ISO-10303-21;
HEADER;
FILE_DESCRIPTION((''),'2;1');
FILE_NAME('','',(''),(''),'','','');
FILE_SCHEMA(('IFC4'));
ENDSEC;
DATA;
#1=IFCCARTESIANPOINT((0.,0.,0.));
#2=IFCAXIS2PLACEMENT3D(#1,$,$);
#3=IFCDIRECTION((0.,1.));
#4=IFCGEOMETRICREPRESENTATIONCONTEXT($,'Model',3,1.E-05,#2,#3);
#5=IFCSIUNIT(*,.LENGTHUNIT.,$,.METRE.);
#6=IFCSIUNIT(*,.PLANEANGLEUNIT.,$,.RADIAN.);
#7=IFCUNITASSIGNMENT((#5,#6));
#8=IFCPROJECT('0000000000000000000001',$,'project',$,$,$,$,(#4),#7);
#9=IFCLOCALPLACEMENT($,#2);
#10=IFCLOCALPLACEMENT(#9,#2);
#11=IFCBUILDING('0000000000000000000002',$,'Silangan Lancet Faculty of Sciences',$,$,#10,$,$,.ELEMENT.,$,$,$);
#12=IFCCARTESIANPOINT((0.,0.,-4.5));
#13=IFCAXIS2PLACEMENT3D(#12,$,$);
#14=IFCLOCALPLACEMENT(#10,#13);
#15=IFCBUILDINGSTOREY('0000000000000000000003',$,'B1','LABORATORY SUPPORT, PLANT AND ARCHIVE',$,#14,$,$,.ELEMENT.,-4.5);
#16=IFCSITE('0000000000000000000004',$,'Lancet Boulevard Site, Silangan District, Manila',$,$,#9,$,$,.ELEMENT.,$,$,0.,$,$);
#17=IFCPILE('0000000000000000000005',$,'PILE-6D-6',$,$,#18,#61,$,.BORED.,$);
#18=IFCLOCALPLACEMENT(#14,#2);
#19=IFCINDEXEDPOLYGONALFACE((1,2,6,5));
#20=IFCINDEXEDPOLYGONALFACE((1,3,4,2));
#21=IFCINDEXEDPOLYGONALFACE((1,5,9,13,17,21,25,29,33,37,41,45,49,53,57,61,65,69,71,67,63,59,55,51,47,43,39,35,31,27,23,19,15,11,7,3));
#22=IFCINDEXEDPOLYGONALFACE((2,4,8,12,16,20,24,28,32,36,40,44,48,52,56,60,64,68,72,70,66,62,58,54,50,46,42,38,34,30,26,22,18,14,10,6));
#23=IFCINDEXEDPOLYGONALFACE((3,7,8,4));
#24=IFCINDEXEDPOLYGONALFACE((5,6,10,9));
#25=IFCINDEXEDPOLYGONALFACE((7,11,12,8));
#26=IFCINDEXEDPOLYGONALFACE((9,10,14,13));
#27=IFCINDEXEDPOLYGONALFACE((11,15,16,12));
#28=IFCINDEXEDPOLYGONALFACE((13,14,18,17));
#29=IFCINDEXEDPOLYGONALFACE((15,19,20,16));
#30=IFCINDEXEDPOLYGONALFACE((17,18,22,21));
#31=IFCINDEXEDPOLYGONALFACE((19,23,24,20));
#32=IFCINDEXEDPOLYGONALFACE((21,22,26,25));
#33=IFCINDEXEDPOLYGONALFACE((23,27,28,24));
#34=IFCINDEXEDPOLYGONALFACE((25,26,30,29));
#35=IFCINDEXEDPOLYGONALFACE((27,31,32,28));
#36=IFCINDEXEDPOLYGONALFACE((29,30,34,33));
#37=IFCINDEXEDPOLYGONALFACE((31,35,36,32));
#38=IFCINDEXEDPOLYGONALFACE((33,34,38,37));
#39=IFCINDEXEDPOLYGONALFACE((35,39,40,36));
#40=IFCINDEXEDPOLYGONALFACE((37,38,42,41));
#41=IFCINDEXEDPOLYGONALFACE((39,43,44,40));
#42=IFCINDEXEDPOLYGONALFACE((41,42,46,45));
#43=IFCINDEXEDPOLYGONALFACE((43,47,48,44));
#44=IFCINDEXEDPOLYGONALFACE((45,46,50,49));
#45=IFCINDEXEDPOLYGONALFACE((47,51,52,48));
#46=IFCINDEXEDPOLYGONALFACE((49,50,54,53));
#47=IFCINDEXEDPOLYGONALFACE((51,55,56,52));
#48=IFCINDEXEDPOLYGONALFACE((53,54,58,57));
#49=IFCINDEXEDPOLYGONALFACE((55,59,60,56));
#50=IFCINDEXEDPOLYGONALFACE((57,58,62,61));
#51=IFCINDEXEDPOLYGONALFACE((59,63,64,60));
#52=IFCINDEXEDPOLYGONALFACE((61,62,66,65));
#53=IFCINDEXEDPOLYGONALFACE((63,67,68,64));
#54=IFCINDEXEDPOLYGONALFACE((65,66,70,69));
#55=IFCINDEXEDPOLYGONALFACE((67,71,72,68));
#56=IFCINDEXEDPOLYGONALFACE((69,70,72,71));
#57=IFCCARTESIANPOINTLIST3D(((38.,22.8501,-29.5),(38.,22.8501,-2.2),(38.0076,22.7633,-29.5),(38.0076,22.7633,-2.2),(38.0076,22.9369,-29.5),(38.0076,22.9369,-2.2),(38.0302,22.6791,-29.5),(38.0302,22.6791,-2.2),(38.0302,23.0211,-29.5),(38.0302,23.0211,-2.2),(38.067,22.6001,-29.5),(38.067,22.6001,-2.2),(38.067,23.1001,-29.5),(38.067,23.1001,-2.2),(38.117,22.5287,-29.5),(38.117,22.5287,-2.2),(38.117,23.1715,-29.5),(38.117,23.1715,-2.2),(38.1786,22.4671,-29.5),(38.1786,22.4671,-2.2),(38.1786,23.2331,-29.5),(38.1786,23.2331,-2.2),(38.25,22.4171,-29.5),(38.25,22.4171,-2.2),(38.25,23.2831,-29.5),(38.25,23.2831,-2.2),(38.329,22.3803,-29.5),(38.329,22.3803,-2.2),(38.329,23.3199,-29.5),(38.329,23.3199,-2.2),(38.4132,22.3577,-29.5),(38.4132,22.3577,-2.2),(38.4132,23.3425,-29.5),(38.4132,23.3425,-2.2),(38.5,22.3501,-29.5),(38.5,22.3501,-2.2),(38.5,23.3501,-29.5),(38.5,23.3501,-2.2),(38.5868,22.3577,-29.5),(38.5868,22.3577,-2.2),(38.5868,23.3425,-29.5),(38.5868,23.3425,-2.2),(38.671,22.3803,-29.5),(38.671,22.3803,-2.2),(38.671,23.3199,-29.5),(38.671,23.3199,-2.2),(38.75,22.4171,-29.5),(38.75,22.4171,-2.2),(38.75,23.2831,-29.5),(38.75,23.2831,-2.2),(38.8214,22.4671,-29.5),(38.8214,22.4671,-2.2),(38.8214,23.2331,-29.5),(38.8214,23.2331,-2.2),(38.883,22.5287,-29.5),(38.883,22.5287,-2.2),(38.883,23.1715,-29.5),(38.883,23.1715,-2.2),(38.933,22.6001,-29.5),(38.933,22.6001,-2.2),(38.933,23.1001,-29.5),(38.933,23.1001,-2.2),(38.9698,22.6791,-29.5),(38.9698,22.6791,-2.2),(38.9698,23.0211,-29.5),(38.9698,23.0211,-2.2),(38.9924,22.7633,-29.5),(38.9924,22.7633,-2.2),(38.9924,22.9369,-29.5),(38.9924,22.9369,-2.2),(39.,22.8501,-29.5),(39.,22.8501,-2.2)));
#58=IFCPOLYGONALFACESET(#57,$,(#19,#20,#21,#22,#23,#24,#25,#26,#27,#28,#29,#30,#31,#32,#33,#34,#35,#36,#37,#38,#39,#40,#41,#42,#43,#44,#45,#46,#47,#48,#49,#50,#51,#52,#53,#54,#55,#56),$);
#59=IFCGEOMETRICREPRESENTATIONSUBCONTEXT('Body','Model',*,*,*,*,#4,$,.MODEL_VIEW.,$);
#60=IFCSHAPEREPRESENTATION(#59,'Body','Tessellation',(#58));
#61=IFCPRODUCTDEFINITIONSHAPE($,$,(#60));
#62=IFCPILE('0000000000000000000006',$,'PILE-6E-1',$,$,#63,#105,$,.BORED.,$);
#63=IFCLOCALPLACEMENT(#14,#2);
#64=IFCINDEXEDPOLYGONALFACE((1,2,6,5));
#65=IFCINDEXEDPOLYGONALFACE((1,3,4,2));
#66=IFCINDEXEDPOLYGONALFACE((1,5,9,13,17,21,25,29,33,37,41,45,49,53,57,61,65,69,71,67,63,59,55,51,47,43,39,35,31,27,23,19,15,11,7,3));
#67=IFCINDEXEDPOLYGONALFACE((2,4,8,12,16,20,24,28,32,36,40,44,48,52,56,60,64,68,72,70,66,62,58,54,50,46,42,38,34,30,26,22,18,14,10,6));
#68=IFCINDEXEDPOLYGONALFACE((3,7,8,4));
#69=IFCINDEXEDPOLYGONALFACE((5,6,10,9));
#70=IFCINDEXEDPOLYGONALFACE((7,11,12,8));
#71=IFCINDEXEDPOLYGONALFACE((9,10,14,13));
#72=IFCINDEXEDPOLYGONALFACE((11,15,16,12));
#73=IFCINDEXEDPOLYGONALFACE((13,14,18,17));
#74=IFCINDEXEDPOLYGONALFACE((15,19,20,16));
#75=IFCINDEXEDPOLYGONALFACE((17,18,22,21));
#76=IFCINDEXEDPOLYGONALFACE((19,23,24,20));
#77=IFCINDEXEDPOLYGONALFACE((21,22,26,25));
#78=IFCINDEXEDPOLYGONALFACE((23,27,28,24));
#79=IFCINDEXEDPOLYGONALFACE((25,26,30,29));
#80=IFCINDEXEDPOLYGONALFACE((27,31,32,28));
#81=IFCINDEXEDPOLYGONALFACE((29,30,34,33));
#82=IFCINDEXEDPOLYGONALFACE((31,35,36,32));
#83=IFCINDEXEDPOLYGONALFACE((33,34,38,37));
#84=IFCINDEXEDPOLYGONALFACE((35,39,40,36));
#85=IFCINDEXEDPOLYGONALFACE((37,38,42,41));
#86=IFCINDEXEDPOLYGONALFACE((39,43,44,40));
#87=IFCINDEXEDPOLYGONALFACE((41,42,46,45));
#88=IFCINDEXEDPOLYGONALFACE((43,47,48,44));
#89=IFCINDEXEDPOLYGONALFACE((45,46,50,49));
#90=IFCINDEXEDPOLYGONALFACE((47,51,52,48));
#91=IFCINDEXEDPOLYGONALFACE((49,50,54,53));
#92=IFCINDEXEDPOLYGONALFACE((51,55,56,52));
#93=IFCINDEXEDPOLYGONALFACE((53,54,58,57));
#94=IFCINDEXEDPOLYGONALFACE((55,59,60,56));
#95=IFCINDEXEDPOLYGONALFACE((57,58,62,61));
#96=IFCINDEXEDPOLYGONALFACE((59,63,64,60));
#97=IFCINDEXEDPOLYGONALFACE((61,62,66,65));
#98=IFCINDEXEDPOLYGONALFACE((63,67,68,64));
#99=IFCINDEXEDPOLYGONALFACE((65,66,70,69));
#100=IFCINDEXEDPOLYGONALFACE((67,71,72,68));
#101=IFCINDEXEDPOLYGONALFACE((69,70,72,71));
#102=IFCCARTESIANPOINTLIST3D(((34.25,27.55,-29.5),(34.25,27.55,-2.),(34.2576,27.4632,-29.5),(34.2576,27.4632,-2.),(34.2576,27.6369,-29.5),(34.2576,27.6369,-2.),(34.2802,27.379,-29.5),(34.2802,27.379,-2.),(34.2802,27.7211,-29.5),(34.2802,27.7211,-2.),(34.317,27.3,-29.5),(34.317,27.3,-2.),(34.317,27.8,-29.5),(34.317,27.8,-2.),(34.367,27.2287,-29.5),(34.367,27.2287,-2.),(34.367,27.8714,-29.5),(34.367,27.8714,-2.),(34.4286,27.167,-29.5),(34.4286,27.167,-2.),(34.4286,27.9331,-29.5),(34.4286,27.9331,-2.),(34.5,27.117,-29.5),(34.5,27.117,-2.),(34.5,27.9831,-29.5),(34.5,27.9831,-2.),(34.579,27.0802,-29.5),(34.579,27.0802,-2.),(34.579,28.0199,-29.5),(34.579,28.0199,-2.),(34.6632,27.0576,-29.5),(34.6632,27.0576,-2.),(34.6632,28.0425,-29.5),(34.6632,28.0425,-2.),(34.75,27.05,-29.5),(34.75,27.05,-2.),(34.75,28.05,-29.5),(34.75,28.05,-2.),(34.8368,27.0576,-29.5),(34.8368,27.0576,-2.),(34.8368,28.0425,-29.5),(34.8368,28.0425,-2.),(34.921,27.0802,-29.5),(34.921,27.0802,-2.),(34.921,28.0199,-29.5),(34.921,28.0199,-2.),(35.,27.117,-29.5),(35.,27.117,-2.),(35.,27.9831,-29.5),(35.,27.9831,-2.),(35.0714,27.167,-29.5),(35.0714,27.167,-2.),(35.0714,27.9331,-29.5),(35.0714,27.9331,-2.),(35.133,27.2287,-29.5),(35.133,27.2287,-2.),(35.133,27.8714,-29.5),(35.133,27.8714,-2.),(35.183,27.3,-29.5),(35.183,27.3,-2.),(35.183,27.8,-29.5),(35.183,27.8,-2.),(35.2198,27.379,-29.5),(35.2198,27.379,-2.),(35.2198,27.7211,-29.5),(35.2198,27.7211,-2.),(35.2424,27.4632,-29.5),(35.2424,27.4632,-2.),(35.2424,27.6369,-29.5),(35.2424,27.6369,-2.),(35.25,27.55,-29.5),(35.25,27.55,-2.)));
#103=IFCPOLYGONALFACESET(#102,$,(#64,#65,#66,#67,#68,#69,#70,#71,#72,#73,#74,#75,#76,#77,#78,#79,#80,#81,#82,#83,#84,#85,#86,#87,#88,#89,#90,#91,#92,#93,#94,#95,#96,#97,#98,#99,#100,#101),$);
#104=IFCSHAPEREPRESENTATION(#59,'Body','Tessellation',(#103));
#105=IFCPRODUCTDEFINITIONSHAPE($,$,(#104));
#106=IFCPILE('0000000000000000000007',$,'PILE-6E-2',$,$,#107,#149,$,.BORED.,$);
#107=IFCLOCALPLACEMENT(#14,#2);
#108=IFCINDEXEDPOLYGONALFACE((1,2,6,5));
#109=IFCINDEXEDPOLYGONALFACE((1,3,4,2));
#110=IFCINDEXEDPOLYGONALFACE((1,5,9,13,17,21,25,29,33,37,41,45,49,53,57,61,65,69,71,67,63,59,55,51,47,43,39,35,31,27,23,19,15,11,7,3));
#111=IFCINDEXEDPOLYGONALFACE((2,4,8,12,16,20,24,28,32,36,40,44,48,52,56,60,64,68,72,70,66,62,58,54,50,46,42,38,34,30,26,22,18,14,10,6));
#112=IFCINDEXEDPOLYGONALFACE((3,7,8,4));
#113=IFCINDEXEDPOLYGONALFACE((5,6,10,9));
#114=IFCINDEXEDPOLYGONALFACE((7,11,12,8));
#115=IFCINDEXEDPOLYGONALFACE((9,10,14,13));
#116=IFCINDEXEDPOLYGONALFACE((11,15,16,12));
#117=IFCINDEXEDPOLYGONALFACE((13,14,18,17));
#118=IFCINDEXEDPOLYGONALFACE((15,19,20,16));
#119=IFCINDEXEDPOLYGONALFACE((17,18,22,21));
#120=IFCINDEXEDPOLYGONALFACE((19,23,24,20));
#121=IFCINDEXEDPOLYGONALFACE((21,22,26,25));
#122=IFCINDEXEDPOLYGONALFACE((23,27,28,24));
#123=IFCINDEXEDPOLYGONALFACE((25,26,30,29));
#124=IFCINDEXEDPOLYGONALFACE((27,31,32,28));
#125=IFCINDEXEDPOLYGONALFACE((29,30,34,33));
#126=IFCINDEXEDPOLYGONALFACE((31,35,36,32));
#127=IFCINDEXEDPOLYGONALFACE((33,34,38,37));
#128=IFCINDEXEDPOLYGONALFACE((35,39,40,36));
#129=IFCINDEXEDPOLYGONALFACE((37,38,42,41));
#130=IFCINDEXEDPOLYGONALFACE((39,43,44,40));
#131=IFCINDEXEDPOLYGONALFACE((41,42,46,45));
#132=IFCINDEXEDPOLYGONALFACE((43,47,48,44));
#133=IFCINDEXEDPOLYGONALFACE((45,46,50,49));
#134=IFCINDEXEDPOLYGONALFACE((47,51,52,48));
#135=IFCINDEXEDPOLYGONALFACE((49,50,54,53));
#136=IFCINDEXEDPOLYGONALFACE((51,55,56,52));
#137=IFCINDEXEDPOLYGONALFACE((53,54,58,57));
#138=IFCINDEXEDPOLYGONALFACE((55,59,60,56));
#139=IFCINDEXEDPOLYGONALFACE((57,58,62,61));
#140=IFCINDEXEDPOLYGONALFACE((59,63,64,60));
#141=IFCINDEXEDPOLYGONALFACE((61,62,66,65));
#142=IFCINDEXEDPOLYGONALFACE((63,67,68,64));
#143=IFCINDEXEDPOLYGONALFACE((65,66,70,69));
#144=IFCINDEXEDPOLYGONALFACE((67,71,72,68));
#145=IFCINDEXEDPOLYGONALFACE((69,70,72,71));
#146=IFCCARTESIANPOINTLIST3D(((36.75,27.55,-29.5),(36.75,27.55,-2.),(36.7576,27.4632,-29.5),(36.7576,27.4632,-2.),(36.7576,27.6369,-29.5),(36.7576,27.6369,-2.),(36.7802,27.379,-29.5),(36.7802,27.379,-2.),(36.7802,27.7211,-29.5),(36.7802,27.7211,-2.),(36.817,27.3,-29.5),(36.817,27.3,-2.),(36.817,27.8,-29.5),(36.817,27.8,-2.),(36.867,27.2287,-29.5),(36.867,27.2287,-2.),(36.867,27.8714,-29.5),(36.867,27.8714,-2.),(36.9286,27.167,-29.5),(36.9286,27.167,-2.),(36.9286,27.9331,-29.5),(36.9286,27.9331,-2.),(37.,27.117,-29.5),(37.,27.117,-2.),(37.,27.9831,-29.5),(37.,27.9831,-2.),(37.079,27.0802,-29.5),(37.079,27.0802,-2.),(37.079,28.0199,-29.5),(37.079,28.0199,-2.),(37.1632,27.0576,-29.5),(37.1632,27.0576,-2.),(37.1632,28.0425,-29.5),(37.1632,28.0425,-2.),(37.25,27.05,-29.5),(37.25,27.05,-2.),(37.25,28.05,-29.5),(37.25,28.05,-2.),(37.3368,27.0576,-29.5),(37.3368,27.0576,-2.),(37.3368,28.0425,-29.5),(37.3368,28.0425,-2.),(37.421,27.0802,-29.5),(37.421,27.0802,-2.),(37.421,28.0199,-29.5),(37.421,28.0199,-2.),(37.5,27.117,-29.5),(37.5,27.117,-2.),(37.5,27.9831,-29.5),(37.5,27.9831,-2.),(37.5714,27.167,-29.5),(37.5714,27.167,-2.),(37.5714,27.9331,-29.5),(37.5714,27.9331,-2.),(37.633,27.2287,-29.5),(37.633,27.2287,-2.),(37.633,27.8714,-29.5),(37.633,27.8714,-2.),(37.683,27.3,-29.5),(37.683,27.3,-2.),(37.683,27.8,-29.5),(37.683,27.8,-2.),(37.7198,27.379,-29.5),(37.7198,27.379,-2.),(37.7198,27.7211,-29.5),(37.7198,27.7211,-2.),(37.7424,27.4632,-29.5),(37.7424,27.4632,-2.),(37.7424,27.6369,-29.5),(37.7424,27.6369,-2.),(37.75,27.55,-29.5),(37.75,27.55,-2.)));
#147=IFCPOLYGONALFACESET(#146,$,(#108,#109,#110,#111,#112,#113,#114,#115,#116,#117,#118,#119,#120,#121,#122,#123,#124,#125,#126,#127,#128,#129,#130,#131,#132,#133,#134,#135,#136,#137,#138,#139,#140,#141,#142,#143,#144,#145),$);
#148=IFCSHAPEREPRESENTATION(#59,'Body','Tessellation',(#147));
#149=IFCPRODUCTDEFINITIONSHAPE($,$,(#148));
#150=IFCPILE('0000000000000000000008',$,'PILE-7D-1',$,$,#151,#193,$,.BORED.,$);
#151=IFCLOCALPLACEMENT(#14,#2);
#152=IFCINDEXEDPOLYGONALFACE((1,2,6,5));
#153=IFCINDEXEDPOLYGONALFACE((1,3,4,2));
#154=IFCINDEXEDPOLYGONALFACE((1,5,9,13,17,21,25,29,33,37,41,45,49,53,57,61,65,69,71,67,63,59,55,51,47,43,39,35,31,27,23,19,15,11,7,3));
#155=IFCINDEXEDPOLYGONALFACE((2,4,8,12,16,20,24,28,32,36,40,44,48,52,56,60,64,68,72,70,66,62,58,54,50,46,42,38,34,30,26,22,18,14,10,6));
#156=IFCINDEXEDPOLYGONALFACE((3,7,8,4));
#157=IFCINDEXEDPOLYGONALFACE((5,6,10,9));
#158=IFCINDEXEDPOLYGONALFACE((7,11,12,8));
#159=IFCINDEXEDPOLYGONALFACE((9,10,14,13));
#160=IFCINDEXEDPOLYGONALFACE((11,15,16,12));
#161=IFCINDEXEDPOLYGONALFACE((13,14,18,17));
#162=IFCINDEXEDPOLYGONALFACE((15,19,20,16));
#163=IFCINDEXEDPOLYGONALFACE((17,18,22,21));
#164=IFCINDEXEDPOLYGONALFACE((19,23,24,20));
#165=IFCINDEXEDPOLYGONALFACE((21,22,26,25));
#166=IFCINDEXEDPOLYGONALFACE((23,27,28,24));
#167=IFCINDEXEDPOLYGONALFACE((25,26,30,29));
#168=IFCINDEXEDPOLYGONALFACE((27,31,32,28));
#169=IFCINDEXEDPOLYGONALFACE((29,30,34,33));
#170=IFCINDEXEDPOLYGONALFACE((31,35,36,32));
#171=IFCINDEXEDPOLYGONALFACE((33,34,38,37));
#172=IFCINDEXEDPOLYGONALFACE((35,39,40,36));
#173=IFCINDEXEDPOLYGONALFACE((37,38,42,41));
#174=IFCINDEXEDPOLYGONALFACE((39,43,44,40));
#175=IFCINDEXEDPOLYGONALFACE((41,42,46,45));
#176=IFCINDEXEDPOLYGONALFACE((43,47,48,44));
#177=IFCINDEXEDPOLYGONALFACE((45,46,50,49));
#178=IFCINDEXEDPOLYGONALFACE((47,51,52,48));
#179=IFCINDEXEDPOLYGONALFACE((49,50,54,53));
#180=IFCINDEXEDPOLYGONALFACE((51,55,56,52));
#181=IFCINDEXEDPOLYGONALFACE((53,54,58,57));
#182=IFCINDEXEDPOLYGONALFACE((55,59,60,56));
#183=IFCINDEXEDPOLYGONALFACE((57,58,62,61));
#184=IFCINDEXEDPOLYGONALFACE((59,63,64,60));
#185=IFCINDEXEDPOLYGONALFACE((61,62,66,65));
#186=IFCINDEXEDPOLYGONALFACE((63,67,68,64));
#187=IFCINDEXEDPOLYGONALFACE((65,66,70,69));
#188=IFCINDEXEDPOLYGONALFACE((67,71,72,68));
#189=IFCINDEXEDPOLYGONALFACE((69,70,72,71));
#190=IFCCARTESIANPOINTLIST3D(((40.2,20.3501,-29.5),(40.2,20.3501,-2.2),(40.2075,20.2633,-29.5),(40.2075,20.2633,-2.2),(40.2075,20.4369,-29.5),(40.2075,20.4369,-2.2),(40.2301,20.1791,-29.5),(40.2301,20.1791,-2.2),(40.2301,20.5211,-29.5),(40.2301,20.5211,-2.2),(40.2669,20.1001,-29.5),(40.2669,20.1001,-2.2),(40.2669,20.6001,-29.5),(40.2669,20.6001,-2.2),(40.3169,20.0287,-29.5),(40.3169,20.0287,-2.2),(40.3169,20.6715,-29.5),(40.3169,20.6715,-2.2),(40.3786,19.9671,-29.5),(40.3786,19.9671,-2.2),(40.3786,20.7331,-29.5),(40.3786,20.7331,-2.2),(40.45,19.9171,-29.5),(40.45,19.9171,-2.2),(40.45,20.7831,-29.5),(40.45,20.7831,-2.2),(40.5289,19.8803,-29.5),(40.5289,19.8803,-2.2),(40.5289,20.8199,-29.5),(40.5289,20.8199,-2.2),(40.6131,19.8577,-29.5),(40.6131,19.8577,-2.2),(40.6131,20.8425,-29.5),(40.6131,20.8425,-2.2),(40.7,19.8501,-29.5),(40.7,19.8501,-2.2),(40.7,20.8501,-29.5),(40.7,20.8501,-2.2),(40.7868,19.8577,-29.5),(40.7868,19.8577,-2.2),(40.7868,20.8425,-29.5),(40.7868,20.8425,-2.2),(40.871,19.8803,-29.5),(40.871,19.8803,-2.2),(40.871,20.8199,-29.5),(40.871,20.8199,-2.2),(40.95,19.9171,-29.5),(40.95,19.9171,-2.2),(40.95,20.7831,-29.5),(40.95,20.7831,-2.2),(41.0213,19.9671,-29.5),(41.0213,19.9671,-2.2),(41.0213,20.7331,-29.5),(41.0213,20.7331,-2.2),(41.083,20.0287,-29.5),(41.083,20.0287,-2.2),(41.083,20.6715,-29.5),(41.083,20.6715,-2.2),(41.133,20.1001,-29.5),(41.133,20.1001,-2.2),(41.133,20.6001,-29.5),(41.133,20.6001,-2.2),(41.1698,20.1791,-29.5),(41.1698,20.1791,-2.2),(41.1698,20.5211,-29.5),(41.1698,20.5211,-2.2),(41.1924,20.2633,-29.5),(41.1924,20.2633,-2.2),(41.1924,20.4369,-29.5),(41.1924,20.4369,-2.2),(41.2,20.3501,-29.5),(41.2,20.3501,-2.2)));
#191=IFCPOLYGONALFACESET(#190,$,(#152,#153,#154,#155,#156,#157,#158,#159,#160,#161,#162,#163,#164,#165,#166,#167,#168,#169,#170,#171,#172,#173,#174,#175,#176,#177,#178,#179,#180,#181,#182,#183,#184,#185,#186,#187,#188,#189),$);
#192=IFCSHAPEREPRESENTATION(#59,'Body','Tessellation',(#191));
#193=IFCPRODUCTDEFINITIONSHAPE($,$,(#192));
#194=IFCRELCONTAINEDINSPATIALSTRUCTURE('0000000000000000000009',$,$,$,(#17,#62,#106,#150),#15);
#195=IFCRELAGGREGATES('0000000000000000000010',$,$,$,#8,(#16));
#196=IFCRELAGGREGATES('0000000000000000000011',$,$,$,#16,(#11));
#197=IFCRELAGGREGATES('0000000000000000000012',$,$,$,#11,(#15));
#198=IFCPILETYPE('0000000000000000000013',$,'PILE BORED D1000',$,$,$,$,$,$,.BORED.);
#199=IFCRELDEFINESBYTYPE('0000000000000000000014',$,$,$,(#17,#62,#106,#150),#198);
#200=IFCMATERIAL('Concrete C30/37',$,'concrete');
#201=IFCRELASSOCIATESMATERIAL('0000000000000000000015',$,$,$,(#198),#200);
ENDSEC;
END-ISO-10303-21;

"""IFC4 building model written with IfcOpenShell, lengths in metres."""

from ifc_helpers import new_model, si_unit, direction, frame, origin, origin_2d, place, context, subcontext, project, spatial, circle, extrude, material, material_profile, profile_set, type_object, element, save


model = new_model("IFC4")

# Units and contexts
model_context = context("Model", 3, precision=1e-05, world=origin(), true_north=direction((0.0, 1.0)))
body_context = subcontext(model_context, "Body", "Model", "MODEL_VIEW")
ifc_project = project(units=[si_unit("LENGTHUNIT", "METRE"), si_unit("PLANEANGLEUNIT", "RADIAN")], contexts=[model_context])

# Site, building, storey
site_placement = place(None, origin())
site = spatial("IfcSite", under=ifc_project, at=site_placement, Name="Lancet Boulevard Site, Silangan District, Manila", CompositionType="ELEMENT", RefElevation=0.0)
building_placement = place(site_placement, origin())
building = spatial("IfcBuilding", under=site, at=building_placement, Name="Silangan Lancet Faculty of Sciences", CompositionType="ELEMENT")
storey_placement = place(building_placement, frame((0.0, 0.0, -4.5)))
storey = spatial("IfcBuildingStorey", under=building, at=storey_placement, Name="B1", Description="LABORATORY SUPPORT, PLANT AND ARCHIVE", CompositionType="ELEMENT", Elevation=-4.5)

# Piles
ifc_material_1 = material(Name="Concrete C30/37", Category="concrete")
ifc_material_profile_1 = material_profile(ifc_material_1, circle(Radius=0.5, at=origin_2d()), Name="BORED PILE D1000")
ifc_profile_set_1 = profile_set([ifc_material_profile_1], Name="Concrete C30/37")
pile_type = type_object("IfcPileType", Name="PILE BORED D1000", PredefinedType="BORED", material=ifc_profile_set_1)
for number, where, z_axis, x_axis, name in (
    (1, (38.5, 22.8501, -2.2), (0.0, 0.0, -1.0), (1.0, 0.0, 0.0), "PILE-6D-6"),
):
    element("IfcPile", number, at=place(storey_placement, frame(where, z_axis=z_axis, x_axis=x_axis)), inside=storey, type_object=pile_type, Name=name, PredefinedType="BORED", context=body_context, shape_type="SweptSolid", body=[
        extrude(circle(Radius=0.5, at=origin_2d()), origin(), (0.0, 0.0, 1.0), 27.3),
    ])
for number, where, z_axis, x_axis, name in (
    (2, (34.75, 27.55, -2.0), (0.0, 0.0, -1.0), (1.0, 0.0, 0.0), "PILE-6E-1"),
    (3, (37.25, 27.55, -2.0), (0.0, 0.0, -1.0), (1.0, 0.0, 0.0), "PILE-6E-2"),
):
    element("IfcPile", number, at=place(storey_placement, frame(where, z_axis=z_axis, x_axis=x_axis)), inside=storey, type_object=pile_type, Name=name, PredefinedType="BORED", context=body_context, shape_type="SweptSolid", body=[
        extrude(circle(Radius=0.5, at=origin_2d()), origin(), (0.0, 0.0, 1.0), 27.5),
    ])
for number, where, z_axis, x_axis, name in (
    (4, (40.7, 20.3501, -2.2), (0.0, 0.0, -1.0), (1.0, 0.0, 0.0), "PILE-7D-1"),
):
    element("IfcPile", number, at=place(storey_placement, frame(where, z_axis=z_axis, x_axis=x_axis)), inside=storey, type_object=pile_type, Name=name, PredefinedType="BORED", context=body_context, shape_type="SweptSolid", body=[
        extrude(circle(Radius=0.5, at=origin_2d()), origin(), (0.0, 0.0, 1.0), 27.3),
    ])

save(model, "model.ifc")
